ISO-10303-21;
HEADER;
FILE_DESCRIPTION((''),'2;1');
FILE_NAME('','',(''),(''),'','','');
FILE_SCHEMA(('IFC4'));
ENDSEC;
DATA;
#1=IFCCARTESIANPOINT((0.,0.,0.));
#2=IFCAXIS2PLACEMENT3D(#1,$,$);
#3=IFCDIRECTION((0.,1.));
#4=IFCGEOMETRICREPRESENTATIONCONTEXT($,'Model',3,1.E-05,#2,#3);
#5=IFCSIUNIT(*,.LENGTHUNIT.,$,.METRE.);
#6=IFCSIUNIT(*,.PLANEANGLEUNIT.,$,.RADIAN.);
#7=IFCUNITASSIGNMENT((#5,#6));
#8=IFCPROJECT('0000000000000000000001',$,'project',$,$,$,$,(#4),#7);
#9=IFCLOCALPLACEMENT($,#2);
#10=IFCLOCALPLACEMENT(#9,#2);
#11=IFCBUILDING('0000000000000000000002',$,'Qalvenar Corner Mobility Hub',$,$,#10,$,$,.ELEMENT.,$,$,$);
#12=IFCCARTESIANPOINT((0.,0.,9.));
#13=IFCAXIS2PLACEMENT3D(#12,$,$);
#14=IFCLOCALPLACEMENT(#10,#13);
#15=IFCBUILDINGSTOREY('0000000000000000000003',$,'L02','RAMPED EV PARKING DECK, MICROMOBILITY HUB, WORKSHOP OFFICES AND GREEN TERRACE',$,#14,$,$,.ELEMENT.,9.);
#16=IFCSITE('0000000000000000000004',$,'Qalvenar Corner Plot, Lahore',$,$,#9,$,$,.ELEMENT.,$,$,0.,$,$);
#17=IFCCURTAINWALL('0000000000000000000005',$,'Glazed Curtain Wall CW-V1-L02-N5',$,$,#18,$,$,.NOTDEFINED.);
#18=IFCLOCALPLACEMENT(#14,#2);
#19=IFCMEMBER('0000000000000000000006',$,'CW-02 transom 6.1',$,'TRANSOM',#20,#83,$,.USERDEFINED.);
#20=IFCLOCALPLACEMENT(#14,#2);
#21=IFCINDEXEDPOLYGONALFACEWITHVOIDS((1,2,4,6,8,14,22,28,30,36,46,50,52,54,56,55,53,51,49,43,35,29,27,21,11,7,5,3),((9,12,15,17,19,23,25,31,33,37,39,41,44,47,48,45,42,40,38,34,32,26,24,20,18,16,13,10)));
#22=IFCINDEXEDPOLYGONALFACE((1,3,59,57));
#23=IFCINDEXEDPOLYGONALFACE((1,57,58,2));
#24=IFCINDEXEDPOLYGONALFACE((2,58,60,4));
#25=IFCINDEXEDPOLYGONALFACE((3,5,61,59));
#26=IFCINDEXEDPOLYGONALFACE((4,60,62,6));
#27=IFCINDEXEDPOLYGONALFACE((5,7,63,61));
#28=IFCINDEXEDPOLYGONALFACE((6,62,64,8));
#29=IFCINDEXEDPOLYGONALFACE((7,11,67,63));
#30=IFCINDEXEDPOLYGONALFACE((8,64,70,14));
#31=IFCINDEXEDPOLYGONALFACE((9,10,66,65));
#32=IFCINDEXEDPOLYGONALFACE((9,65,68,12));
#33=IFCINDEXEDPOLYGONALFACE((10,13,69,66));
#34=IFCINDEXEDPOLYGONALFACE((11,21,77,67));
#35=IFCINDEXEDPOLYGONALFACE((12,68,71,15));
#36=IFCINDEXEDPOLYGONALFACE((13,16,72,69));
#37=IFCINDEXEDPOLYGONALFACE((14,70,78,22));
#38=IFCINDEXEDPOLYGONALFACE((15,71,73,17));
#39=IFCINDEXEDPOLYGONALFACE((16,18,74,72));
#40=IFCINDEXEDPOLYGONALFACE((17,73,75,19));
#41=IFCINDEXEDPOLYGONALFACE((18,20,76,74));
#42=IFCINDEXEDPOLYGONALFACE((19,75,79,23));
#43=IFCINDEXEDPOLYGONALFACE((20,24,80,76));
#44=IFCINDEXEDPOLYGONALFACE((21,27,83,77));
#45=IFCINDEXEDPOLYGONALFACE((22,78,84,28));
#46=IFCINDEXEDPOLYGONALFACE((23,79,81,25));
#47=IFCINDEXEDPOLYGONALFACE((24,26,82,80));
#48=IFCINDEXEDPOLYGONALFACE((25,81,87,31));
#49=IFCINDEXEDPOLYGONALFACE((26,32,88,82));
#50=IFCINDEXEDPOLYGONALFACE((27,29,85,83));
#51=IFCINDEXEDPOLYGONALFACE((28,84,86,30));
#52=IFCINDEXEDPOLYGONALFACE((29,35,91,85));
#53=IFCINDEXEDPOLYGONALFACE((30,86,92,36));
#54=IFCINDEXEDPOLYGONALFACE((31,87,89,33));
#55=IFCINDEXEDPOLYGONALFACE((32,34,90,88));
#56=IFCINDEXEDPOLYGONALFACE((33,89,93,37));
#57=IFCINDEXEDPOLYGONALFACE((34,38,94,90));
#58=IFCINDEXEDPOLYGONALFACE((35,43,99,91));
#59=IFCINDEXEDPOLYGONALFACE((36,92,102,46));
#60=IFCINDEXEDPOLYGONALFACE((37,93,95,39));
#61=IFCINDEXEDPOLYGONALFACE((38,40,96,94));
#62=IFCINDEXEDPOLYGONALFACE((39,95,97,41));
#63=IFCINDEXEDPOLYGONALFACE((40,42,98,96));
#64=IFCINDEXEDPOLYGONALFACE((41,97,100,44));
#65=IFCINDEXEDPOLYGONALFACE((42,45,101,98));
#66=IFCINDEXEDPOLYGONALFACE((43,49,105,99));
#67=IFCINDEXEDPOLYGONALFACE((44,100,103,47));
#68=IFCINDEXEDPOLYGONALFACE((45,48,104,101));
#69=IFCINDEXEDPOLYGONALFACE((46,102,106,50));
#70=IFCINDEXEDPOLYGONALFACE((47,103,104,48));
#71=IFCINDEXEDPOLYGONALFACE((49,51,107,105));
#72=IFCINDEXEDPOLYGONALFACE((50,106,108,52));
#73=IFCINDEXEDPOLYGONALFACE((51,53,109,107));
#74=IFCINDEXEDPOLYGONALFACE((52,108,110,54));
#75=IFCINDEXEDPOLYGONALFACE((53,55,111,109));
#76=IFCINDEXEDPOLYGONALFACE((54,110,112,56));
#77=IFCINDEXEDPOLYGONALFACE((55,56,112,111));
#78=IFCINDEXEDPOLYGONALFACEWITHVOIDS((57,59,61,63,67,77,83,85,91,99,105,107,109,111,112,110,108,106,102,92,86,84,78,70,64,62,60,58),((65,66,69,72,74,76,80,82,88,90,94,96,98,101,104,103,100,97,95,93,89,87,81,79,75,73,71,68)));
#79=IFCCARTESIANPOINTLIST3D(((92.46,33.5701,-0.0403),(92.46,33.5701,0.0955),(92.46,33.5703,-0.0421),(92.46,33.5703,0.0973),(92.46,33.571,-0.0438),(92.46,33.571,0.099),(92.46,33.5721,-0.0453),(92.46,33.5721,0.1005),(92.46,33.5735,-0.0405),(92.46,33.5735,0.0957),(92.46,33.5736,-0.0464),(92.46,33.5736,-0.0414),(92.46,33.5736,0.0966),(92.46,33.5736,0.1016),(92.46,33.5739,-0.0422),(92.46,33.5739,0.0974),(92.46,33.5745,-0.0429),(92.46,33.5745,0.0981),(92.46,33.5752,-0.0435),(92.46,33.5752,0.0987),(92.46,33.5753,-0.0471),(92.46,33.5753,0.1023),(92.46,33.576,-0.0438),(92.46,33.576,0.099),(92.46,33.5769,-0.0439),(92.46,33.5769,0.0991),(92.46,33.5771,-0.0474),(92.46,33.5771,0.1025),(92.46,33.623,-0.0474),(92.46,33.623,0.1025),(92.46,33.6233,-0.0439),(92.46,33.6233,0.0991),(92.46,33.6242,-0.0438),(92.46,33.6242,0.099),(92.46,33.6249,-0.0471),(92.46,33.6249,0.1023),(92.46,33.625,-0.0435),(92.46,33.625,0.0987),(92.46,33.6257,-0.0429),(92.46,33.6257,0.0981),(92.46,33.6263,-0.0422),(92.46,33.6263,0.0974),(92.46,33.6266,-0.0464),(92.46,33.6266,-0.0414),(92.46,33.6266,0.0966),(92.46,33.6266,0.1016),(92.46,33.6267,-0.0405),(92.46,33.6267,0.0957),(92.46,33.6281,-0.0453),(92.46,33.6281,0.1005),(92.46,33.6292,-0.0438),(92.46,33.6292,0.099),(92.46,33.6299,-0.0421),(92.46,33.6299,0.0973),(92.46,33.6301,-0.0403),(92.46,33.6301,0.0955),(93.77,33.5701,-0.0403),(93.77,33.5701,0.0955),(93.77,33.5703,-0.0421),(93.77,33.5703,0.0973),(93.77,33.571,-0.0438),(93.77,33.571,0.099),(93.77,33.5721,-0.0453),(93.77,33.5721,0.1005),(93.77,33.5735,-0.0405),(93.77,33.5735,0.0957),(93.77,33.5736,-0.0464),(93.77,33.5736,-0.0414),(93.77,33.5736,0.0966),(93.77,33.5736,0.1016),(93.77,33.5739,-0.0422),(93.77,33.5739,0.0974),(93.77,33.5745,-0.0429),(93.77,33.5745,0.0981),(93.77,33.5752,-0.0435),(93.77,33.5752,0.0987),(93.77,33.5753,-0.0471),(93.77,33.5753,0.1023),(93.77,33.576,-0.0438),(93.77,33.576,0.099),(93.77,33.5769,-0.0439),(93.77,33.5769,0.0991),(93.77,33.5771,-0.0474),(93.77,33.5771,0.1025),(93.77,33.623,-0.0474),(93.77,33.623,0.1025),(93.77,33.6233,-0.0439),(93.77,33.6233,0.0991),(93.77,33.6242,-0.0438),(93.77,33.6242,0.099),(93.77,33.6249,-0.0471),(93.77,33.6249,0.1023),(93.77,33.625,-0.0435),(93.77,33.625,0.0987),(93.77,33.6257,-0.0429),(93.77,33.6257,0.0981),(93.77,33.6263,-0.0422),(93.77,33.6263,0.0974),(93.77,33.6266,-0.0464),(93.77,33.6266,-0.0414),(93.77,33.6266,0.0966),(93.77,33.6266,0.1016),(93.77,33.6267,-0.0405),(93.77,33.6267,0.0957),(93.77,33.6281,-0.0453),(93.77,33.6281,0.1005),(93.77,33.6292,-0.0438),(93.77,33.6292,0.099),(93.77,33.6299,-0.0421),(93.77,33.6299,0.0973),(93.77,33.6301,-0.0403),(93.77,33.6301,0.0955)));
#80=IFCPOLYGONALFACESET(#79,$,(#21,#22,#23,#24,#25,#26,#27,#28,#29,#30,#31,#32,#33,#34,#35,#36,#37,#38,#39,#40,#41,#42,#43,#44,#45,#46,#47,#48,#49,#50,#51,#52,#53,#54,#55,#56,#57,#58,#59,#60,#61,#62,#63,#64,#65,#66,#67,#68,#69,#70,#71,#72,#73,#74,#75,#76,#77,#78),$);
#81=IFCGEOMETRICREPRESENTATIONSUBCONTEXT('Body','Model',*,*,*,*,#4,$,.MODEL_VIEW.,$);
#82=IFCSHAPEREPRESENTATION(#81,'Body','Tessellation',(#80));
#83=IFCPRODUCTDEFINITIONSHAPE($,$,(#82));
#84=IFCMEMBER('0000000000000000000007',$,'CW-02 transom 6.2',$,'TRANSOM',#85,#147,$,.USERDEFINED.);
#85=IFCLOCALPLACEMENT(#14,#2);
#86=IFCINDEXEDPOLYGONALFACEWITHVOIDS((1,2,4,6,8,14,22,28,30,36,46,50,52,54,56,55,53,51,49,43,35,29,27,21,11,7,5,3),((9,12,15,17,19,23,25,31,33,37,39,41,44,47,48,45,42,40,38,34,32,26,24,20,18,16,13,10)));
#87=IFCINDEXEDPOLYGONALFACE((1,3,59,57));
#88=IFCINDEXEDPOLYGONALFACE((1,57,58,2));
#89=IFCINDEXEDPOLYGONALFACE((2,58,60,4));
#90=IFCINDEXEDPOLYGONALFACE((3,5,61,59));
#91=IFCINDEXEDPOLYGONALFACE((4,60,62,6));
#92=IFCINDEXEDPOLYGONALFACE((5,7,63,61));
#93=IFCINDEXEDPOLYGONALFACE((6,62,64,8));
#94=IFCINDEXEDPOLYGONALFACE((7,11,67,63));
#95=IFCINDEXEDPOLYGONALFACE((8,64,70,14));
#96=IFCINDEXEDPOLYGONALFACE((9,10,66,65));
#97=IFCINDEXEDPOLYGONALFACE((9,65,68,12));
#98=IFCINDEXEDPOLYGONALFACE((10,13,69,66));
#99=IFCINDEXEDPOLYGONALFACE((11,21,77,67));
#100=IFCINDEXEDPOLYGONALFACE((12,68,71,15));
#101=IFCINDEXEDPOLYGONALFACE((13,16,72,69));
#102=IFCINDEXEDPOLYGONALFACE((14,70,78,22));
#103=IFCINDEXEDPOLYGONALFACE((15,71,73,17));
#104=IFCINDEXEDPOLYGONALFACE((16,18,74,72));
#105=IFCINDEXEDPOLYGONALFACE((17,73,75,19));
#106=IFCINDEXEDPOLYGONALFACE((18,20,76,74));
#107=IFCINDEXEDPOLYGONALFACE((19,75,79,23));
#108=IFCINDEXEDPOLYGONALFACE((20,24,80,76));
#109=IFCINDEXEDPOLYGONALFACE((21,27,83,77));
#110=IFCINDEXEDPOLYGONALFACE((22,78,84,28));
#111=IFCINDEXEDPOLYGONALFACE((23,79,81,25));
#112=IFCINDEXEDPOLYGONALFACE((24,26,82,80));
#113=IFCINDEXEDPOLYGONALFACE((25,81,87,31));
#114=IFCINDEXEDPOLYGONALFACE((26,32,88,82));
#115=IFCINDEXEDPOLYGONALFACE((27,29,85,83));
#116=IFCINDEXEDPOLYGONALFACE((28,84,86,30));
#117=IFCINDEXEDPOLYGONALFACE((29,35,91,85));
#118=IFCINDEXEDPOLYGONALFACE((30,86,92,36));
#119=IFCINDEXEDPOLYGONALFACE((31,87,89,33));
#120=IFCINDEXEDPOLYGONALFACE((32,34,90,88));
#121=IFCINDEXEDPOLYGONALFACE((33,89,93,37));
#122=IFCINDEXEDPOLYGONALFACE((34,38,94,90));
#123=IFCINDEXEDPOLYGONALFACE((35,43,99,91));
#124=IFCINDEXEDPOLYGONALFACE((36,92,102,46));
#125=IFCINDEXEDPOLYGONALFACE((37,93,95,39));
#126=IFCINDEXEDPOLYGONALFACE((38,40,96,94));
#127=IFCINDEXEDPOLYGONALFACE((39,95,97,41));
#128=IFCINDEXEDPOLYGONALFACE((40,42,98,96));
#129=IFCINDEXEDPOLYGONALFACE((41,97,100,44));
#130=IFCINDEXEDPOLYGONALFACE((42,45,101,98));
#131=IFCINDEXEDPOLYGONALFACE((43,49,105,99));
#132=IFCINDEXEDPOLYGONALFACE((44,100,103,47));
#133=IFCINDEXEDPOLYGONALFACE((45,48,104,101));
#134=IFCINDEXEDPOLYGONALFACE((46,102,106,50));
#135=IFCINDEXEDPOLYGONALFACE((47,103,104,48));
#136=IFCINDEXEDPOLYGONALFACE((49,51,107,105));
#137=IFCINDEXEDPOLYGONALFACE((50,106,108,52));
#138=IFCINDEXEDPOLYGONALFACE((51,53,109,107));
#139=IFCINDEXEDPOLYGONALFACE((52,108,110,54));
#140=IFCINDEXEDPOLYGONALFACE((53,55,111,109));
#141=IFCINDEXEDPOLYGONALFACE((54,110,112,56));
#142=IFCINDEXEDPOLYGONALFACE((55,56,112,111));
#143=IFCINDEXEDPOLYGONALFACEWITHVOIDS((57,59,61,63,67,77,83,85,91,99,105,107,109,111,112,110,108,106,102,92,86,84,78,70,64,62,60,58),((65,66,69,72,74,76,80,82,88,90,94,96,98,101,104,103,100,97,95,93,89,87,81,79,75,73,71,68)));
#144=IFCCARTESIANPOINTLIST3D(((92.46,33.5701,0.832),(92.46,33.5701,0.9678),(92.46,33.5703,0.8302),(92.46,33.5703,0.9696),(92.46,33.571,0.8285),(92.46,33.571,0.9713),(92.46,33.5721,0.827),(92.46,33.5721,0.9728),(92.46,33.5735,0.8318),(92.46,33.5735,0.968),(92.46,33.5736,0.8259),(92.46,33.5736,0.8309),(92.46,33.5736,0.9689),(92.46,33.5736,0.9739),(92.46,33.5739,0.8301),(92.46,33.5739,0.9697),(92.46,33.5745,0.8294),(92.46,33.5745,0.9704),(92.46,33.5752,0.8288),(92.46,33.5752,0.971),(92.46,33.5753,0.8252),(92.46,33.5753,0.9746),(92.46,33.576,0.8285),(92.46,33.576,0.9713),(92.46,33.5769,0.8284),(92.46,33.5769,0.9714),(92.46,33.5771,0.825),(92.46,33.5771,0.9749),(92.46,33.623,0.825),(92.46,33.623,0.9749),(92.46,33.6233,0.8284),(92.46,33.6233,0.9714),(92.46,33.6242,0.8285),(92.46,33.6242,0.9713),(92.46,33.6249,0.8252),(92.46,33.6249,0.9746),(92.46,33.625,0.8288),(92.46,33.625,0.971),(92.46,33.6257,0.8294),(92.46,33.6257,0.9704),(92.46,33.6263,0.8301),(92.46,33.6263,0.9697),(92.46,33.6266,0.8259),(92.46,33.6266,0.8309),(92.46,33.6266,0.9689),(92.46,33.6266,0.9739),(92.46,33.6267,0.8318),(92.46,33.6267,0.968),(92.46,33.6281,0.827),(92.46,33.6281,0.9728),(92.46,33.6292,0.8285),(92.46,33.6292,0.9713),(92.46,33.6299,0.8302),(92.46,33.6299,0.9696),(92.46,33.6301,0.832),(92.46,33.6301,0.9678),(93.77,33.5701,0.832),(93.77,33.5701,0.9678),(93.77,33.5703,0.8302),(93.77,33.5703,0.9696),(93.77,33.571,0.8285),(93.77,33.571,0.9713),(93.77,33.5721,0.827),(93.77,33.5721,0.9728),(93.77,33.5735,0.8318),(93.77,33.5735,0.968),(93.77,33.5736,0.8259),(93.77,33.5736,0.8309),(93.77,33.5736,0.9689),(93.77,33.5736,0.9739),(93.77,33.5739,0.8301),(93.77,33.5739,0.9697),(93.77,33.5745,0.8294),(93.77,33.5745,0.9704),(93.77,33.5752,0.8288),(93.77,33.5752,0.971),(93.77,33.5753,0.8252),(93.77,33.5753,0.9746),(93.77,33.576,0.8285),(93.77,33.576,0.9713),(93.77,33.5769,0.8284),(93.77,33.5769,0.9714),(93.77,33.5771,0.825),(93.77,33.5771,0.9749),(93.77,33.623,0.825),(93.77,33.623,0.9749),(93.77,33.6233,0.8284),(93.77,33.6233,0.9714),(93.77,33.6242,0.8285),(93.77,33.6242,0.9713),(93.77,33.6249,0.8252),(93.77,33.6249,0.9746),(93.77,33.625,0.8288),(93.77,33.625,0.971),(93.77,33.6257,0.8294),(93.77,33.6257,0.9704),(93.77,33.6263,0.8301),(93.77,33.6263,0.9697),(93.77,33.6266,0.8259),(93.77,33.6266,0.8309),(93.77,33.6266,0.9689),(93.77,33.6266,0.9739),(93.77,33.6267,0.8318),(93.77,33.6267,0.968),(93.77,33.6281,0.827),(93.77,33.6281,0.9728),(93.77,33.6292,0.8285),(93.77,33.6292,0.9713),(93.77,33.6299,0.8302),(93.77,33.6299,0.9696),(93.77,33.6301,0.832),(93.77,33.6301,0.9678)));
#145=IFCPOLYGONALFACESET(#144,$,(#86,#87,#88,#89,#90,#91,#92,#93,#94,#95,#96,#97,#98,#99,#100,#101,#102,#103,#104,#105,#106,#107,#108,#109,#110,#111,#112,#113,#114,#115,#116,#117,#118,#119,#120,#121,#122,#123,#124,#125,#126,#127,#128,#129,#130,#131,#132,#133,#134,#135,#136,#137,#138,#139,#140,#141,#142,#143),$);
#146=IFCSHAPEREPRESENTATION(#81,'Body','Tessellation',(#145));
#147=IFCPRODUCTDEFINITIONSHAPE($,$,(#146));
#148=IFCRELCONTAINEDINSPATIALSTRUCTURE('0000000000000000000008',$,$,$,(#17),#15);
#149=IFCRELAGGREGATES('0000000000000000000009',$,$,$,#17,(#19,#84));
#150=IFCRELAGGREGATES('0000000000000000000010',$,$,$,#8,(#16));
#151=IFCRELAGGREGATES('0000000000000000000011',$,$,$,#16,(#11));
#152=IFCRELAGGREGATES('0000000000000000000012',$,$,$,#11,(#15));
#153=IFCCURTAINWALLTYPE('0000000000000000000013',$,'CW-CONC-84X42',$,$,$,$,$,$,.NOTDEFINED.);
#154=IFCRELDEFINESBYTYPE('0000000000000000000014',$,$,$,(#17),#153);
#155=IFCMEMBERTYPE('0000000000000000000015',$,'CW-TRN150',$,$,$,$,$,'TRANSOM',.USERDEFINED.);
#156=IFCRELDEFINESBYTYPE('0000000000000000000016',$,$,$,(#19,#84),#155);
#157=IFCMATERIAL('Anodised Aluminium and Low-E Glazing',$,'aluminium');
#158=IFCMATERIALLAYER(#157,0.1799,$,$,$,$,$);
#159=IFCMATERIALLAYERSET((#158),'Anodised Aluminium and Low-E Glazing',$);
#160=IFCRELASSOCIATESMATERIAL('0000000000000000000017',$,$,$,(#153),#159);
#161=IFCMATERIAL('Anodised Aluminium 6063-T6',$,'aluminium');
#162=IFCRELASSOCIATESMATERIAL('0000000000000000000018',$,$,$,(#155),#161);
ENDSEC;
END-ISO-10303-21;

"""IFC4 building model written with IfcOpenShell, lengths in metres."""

from ifc_helpers import new_model, si_unit, direction, frame, origin, origin_2d, place, context, subcontext, project, spatial, hollow_rectangle, extrude, material, layer, layer_set, material_profile, profile_set, type_object, element, aggregate, save


model = new_model("IFC4")

# Units and contexts
model_context = context("Model", 3, precision=1e-05, world=origin(), true_north=direction((0.0, 1.0)))
body_context = subcontext(model_context, "Body", "Model", "MODEL_VIEW")
ifc_project = project(units=[si_unit("LENGTHUNIT", "METRE"), si_unit("PLANEANGLEUNIT", "RADIAN")], contexts=[model_context])

# Site, building, storey
site_placement = place(None, origin())
site = spatial("IfcSite", under=ifc_project, at=site_placement, Name="Qalvenar Corner Plot, Lahore", CompositionType="ELEMENT", RefElevation=0.0)
building_placement = place(site_placement, origin())
building = spatial("IfcBuilding", under=site, at=building_placement, Name="Qalvenar Corner Mobility Hub", CompositionType="ELEMENT")
storey_placement = place(building_placement, frame((0.0, 0.0, 9.0)))
storey = spatial("IfcBuildingStorey", under=building, at=storey_placement, Name="L02", Description="RAMPED EV PARKING DECK, MICROMOBILITY HUB, WORKSHOP OFFICES AND GREEN TERRACE", CompositionType="ELEMENT", Elevation=9.0)

# Curtain wall, members
ifc_material_1 = material(Name="Anodised Aluminium and Low-E Glazing", Category="aluminium")
ifc_layer_1 = layer(ifc_material_1, 0.1799)
ifc_layer_set_1 = layer_set([ifc_layer_1], Name="Anodised Aluminium and Low-E Glazing")
curtain_wall_type = type_object("IfcCurtainWallType", Name="CW-CONC-84X42", PredefinedType="NOTDEFINED", material=ifc_layer_set_1)
curtain_wall_placement = place(storey_placement, origin())
curtain_wall = element("IfcCurtainWall", 1, at=curtain_wall_placement, inside=storey, type_object=curtain_wall_type, Name="Glazed Curtain Wall CW-V1-L02-N5", PredefinedType="NOTDEFINED")
ifc_material_2 = material(Name="Anodised Aluminium 6063-T6", Category="aluminium")
ifc_material_profile_1 = material_profile(ifc_material_2, hollow_rectangle(XDim=0.0601, YDim=0.1499, WallThickness=0.0034, InnerFilletRadius=0.0034, OuterFilletRadius=0.0071, at=origin_2d()), Name="RHS150x60x3.5")
ifc_profile_set_1 = profile_set([ifc_material_profile_1], Name="Anodised Aluminium 6063-T6")
member_type_1 = type_object("IfcMemberType", Name="CW-TRN150", ElementType="TRANSOM", PredefinedType="USERDEFINED", material=ifc_profile_set_1)
member_1_placement = place(storey_placement, frame((93.77, 33.6001, 0.0276), z_axis=(-1.0, 0.0, 0.0), x_axis=(0.0, -1.0, 0.0)))
member_1 = element("IfcMember", 2, at=member_1_placement, type_object=member_type_1, Name="CW-02 transom 6.1", ObjectType="TRANSOM", PredefinedType="USERDEFINED", context=body_context, shape_type="SweptSolid", body=[
    extrude(hollow_rectangle(XDim=0.0601, YDim=0.1499, WallThickness=0.0034, InnerFilletRadius=0.0034, OuterFilletRadius=0.0071, at=origin_2d()), origin(), (0.0, 0.0, 1.0), 1.3101),
])
member_2_placement = place(storey_placement, frame((93.77, 33.6001, 0.8999), z_axis=(-1.0, 0.0, 0.0), x_axis=(0.0, -1.0, 0.0)))
member_2 = element("IfcMember", 3, at=member_2_placement, type_object=member_type_1, Name="CW-02 transom 6.2", ObjectType="TRANSOM", PredefinedType="USERDEFINED", context=body_context, shape_type="SweptSolid", body=[
    extrude(hollow_rectangle(XDim=0.0601, YDim=0.1499, WallThickness=0.0034, InnerFilletRadius=0.0034, OuterFilletRadius=0.0071, at=origin_2d()), origin(), (0.0, 0.0, 1.0), 1.3101),
])
aggregate(curtain_wall, [member_1, member_2])

save(model, "model.ifc")
